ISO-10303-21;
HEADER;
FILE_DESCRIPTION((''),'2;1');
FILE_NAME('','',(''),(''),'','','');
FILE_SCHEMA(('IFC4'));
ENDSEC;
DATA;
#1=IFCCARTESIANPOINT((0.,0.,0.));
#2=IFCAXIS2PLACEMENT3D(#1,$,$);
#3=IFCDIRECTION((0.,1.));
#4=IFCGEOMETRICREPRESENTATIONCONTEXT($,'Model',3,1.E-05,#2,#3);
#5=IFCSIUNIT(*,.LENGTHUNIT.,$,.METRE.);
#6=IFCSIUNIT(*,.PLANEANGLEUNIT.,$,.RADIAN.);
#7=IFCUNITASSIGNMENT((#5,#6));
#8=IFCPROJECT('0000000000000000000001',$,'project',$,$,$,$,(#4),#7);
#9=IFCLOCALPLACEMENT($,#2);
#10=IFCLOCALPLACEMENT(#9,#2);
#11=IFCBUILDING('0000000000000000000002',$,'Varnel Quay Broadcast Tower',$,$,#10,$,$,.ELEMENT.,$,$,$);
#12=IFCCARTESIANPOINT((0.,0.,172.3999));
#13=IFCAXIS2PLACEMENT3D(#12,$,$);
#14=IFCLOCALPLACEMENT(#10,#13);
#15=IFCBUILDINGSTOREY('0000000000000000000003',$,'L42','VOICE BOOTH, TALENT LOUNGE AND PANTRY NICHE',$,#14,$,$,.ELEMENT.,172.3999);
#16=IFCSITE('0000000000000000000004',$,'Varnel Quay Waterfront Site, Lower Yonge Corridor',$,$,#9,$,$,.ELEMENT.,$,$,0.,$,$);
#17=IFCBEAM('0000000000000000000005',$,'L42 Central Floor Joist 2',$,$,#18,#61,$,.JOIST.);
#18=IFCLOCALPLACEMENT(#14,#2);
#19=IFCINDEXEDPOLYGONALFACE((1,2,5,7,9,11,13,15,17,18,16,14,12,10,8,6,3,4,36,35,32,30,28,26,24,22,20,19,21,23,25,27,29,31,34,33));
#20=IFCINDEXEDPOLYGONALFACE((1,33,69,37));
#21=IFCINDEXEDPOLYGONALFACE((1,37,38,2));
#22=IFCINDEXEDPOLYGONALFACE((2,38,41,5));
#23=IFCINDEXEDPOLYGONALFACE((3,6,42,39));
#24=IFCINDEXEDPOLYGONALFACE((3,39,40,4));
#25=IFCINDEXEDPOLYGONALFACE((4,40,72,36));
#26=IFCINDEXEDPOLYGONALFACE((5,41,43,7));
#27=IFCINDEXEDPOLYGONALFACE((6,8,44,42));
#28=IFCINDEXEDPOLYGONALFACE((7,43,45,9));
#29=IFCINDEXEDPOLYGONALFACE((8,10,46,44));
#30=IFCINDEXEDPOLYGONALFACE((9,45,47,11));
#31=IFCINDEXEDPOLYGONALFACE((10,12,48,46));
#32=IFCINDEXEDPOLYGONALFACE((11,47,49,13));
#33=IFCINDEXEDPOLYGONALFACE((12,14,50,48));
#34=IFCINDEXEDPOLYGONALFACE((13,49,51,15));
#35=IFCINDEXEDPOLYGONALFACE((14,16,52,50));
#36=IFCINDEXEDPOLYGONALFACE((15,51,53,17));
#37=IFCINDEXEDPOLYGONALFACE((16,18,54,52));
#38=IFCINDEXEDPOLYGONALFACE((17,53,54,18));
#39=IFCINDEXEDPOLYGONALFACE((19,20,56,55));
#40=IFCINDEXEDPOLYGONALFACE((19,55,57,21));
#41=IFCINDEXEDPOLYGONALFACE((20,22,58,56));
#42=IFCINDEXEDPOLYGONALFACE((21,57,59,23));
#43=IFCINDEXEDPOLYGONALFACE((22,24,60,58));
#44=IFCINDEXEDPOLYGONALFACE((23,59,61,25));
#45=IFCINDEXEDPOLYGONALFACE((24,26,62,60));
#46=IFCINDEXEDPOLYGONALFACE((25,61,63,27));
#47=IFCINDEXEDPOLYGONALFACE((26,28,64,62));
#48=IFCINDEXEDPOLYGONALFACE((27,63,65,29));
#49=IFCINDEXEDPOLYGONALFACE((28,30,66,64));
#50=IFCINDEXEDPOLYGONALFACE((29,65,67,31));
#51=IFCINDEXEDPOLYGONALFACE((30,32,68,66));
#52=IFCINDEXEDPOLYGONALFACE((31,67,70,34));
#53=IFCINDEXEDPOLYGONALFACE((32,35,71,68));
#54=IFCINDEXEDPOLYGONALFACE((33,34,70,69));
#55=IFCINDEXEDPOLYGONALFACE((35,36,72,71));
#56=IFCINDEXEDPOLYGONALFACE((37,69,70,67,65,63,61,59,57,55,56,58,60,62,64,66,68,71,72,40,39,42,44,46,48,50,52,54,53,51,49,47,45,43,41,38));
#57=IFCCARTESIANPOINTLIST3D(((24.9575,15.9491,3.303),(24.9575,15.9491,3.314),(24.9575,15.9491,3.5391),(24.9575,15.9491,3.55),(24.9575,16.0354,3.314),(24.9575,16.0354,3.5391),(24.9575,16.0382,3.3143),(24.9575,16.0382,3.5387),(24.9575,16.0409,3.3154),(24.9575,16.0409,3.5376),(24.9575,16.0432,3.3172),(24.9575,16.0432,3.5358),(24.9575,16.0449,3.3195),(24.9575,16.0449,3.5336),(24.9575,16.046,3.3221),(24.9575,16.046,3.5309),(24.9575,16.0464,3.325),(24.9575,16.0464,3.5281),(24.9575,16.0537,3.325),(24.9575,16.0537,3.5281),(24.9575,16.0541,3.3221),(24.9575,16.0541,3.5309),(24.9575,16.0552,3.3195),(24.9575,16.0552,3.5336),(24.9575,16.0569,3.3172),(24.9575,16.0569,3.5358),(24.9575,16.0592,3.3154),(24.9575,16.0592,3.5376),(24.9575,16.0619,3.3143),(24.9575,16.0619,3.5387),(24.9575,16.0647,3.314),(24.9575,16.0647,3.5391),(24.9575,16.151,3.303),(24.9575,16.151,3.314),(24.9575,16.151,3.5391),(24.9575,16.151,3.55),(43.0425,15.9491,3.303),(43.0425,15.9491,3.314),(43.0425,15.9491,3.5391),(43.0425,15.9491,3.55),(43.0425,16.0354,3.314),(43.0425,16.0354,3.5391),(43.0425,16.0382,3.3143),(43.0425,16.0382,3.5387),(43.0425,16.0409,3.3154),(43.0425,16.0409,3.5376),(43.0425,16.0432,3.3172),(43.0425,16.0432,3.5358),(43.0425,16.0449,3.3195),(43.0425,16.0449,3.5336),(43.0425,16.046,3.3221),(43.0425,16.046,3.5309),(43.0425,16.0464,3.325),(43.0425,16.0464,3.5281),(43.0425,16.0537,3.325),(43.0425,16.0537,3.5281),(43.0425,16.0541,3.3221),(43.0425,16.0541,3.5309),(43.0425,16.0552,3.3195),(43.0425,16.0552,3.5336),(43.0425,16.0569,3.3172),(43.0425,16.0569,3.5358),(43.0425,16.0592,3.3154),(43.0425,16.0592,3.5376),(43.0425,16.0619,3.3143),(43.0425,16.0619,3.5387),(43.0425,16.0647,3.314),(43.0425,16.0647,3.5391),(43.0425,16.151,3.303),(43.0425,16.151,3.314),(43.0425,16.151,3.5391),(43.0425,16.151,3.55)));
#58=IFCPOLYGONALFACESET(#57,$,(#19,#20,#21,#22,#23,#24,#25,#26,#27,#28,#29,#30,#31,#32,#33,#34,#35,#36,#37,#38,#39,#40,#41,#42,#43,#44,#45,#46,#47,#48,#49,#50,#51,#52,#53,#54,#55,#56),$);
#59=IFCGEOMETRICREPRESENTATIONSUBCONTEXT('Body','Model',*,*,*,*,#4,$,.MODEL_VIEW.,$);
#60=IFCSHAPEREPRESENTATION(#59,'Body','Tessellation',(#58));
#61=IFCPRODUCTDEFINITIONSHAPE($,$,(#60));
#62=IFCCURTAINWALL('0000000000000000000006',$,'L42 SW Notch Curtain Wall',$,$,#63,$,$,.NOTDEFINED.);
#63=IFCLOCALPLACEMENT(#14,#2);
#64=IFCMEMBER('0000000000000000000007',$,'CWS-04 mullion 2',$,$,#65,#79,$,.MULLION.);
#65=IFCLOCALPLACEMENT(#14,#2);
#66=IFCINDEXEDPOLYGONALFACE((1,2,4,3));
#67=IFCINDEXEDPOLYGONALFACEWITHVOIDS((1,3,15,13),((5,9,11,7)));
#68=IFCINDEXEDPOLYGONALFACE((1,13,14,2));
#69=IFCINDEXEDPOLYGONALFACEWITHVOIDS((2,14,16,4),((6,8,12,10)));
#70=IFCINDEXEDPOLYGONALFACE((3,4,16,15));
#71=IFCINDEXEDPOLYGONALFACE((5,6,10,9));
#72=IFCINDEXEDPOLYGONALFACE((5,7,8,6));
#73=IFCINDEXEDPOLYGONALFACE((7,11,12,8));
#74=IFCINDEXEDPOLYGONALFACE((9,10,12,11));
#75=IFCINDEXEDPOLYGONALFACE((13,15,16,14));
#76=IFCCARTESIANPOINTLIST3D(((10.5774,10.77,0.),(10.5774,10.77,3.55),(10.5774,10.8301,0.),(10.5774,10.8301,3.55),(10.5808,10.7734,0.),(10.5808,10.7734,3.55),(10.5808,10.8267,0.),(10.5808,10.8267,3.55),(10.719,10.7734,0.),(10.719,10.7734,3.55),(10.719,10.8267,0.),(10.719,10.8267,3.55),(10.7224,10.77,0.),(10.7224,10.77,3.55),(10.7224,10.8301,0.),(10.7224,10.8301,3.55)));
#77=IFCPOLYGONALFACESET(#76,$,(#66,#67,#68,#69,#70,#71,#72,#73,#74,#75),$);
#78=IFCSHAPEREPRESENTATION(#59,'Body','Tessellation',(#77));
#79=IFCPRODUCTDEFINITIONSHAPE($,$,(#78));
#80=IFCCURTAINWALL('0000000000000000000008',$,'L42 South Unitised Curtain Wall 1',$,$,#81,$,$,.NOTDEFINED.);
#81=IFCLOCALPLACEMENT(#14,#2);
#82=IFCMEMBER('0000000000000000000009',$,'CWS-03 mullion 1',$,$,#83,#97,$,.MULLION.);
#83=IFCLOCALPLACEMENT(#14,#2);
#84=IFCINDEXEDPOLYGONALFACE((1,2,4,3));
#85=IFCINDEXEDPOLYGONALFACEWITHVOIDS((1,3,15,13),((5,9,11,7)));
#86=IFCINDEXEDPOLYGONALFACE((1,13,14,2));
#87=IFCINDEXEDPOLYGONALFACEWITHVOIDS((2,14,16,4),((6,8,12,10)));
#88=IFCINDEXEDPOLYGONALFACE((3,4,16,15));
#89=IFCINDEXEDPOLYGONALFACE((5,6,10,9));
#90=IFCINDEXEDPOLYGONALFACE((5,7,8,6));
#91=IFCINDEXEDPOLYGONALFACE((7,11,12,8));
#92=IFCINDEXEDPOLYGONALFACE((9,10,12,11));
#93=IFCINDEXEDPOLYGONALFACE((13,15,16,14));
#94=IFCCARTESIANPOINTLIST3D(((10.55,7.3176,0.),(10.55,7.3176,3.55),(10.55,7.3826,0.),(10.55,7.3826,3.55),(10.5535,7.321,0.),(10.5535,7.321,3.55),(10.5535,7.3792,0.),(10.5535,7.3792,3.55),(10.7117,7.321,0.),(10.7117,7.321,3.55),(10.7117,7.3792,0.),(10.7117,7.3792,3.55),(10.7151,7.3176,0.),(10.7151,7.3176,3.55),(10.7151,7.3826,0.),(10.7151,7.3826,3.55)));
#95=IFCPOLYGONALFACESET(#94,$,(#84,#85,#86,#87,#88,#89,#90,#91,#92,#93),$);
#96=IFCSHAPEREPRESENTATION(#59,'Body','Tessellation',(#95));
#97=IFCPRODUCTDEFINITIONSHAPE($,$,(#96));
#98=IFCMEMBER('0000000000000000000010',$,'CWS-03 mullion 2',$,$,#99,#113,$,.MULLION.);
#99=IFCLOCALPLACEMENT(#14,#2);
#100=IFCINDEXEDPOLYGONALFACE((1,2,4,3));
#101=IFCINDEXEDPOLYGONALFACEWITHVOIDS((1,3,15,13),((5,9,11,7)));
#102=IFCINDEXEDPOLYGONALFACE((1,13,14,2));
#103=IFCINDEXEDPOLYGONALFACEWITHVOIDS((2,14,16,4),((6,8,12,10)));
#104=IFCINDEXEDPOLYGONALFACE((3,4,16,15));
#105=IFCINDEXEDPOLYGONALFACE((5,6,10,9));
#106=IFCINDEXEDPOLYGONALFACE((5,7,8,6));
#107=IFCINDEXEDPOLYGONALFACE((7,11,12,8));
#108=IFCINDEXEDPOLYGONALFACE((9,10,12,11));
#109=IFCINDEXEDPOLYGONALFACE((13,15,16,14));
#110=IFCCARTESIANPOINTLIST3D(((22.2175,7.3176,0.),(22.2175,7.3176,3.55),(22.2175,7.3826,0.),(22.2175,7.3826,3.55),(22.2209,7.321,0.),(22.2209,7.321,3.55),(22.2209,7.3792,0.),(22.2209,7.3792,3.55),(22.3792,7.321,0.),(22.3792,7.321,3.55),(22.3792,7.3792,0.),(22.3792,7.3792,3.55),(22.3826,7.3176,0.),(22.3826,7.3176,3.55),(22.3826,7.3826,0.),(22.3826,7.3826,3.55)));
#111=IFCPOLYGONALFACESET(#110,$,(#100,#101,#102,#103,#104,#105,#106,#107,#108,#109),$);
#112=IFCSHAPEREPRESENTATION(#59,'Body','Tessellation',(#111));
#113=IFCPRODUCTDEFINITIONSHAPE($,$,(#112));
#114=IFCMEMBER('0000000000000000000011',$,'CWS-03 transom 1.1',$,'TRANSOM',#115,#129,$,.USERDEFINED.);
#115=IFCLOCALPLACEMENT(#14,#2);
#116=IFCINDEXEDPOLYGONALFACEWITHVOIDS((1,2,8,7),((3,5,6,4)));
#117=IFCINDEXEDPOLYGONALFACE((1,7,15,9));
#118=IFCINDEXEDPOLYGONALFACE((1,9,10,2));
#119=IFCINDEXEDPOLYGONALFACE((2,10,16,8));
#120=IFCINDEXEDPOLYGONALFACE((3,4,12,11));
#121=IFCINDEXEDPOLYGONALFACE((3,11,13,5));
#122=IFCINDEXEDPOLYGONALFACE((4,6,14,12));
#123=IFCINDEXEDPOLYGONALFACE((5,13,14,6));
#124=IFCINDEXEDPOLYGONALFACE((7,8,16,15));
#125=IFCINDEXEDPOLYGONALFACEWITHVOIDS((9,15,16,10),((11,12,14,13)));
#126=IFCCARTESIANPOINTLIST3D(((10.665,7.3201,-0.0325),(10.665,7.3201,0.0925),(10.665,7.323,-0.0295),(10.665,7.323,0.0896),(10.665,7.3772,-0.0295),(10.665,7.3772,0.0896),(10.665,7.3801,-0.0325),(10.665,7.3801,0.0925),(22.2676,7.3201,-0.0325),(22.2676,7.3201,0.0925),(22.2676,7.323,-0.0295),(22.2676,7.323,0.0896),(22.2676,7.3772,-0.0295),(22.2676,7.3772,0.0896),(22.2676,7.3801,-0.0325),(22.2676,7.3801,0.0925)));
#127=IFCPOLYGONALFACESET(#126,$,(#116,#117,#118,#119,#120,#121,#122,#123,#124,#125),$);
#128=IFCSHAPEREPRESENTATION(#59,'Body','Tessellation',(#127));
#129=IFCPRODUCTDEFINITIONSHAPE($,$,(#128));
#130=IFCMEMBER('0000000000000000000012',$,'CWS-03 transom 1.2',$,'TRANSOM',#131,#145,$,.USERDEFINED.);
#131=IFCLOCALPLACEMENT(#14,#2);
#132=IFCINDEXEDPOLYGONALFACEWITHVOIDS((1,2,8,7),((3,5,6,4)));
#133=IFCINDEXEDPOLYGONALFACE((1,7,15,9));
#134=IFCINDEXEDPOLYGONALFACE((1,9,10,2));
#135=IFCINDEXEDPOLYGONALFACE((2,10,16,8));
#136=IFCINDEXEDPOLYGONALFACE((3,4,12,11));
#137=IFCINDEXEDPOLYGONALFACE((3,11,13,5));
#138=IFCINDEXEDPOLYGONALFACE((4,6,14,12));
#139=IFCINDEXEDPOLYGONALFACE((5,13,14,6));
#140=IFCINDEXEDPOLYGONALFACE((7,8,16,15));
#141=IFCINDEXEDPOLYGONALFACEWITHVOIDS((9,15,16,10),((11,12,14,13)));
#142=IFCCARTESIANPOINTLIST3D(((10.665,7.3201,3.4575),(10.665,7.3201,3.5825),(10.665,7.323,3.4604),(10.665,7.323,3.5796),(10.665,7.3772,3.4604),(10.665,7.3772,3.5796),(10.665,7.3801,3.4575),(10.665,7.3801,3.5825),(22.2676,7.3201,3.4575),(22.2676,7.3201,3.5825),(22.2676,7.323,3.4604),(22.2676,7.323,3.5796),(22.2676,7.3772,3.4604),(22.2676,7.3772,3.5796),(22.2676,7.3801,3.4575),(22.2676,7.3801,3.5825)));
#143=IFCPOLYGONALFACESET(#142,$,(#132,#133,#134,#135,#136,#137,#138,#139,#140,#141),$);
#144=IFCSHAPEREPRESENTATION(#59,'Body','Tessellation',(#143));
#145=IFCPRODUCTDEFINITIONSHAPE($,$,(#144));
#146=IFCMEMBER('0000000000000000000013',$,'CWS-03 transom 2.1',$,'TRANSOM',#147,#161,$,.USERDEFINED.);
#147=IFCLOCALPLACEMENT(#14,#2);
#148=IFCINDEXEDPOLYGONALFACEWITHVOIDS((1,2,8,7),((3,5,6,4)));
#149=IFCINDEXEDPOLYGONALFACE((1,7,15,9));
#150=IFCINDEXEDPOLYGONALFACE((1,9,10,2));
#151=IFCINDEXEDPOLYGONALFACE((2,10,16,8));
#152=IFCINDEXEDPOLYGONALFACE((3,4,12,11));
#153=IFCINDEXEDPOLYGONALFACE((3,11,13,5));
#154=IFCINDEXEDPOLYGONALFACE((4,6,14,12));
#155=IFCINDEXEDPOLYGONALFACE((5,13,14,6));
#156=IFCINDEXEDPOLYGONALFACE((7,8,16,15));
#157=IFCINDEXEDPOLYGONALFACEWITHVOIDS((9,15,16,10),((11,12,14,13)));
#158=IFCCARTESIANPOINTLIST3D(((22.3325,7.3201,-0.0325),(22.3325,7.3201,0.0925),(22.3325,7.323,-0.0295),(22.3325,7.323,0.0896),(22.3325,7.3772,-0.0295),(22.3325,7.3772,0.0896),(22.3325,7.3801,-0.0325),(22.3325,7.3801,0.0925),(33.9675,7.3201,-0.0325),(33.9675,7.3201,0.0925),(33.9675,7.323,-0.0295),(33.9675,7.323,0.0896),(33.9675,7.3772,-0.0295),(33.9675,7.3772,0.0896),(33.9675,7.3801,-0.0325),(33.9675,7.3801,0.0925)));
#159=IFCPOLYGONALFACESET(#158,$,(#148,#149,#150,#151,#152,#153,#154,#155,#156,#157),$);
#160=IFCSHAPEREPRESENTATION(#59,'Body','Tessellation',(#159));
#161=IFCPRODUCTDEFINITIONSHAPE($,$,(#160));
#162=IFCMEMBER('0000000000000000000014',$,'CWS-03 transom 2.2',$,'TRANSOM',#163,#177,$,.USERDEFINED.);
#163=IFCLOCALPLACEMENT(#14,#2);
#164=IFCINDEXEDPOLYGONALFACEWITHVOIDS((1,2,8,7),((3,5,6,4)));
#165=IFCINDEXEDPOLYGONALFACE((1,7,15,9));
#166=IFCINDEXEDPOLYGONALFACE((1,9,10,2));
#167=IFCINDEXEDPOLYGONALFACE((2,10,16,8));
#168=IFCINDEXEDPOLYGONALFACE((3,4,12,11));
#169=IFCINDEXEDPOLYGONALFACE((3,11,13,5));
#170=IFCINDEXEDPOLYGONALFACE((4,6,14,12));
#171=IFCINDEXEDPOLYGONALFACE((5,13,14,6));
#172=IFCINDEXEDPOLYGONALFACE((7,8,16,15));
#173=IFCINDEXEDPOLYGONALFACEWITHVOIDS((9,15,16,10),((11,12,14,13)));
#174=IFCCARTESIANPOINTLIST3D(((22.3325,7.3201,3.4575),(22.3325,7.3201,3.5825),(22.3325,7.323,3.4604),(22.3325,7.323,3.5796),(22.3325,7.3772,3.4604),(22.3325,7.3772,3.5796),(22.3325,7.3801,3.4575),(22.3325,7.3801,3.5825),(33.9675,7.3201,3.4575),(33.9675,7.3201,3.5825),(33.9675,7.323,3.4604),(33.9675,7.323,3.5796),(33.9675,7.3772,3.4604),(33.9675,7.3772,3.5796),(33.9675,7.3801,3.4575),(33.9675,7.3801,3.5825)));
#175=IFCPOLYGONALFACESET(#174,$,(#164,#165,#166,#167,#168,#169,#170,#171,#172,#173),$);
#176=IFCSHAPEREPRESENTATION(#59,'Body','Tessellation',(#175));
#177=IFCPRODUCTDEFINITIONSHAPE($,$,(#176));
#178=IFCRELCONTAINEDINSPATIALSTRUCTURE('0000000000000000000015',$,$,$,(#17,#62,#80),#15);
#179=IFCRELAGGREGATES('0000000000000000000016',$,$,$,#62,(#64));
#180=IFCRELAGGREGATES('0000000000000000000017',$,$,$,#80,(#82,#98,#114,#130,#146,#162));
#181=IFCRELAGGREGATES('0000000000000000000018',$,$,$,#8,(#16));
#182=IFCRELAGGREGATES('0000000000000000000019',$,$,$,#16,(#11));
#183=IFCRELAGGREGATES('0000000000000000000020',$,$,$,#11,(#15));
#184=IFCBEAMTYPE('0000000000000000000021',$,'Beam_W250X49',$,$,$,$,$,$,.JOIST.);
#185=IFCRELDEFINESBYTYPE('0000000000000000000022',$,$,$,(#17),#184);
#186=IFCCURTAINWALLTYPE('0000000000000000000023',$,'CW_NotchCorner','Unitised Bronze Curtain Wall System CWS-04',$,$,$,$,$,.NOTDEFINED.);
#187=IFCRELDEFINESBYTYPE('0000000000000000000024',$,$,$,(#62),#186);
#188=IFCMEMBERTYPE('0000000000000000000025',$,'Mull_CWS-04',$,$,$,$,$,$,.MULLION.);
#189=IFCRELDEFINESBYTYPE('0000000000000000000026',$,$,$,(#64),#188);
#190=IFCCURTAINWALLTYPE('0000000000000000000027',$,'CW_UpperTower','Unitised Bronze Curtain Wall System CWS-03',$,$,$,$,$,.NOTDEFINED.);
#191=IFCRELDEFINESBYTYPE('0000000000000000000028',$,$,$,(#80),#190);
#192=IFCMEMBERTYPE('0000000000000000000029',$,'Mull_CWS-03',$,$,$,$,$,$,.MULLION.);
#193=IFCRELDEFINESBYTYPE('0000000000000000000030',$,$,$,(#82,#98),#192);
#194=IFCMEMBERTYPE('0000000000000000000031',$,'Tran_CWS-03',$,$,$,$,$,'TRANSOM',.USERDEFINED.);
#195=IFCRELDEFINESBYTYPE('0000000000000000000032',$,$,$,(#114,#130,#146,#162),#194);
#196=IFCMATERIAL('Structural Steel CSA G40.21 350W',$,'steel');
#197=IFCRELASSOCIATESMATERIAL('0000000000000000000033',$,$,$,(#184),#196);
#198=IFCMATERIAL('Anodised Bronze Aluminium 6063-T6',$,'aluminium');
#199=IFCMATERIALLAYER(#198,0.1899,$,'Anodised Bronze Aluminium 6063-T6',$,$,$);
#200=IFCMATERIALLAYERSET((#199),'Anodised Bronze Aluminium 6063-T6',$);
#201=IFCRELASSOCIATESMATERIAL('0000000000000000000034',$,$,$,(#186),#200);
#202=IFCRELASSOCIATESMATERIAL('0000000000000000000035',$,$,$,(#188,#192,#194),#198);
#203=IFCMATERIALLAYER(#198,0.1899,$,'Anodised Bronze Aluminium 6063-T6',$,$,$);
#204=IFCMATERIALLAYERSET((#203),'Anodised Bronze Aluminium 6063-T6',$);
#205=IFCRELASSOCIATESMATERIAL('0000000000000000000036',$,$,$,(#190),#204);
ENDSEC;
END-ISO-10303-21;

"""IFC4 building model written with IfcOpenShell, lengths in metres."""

from ifc_helpers import new_model, si_unit, direction, frame, origin, origin_2d, place, context, subcontext, project, spatial, hollow_rectangle, i_section, extrude, source, transform, mapped, material, layer, layer_set, material_profile, profile_set, type_object, type_shapes, element, aggregate, save


model = new_model("IFC4")

# Units and contexts
model_context = context("Model", 3, precision=1e-05, world=origin(), true_north=direction((0.0, 1.0)))
body_context = subcontext(model_context, "Body", "Model", "MODEL_VIEW")
ifc_project = project(units=[si_unit("LENGTHUNIT", "METRE"), si_unit("PLANEANGLEUNIT", "RADIAN")], contexts=[model_context])

# Site, building, storey
site_placement = place(None, origin())
site = spatial("IfcSite", under=ifc_project, at=site_placement, Name="Varnel Quay Waterfront Site, Lower Yonge Corridor", CompositionType="ELEMENT", RefElevation=0.0)
building_placement = place(site_placement, origin())
building = spatial("IfcBuilding", under=site, at=building_placement, Name="Varnel Quay Broadcast Tower", CompositionType="ELEMENT")
storey_placement = place(building_placement, frame((0.0, 0.0, 172.3999)))
storey = spatial("IfcBuildingStorey", under=building, at=storey_placement, Name="L42", Description="VOICE BOOTH, TALENT LOUNGE AND PANTRY NICHE", CompositionType="ELEMENT", Elevation=172.3999)

# Shared definitions
ifc_material_1 = material(Name="Structural Steel CSA G40.21 350W", Category="steel")

# Beam
ifc_material_profile_1 = material_profile(ifc_material_1, i_section(OverallWidth=0.2019, OverallDepth=0.2471, WebThickness=0.0073, FlangeThickness=0.011, FilletRadius=0.011, at=origin_2d()), Name="W250X49")
ifc_profile_set_1 = profile_set([ifc_material_profile_1], Name="Structural Steel CSA G40.21 350W")
beam_type_1 = type_object("IfcBeamType", Name="Beam_W250X49", PredefinedType="JOIST", material=ifc_profile_set_1)
shared_shape_1 = source(origin(), body_context, "Body", "SweptSolid", [
    extrude(i_section(OverallWidth=0.2019, OverallDepth=0.2471, WebThickness=0.0073, FlangeThickness=0.011, FilletRadius=0.011, at=origin_2d()), origin(), (0.0, 0.0, 1.0), 18.085),
])
type_shapes(beam_type_1, [shared_shape_1])
beam_1_placement = place(storey_placement, frame((24.9575, 16.05, 3.4265), z_axis=(1.0, 0.0, 0.0), x_axis=(0.0, 1.0, 0.0)))
element("IfcBeam", 1, at=beam_1_placement, inside=storey, type_object=beam_type_1, Name="L42 Central Floor Joist 2", PredefinedType="JOIST", context=body_context, shape_type="MappedRepresentation", body=[
    mapped(shared_shape_1, transform((0.0, 0.0, 0.0), x_axis=(1.0, 0.0, 0.0), y_axis=(0.0, 1.0, 0.0), z_axis=(0.0, 0.0, 1.0), scale=1.0)),
])

# Curtain wall, member
ifc_material_2 = material(Name="Anodised Bronze Aluminium 6063-T6", Category="aluminium")
ifc_layer_1 = layer(ifc_material_2, 0.1899, Name="Anodised Bronze Aluminium 6063-T6")
ifc_layer_set_1 = layer_set([ifc_layer_1], Name="Anodised Bronze Aluminium 6063-T6")
curtain_wall_type_1 = type_object("IfcCurtainWallType", Name="CW_NotchCorner", Description="Unitised Bronze Curtain Wall System CWS-04", PredefinedType="NOTDEFINED", material=ifc_layer_set_1)
curtain_wall_1_placement = place(storey_placement, origin())
curtain_wall_1 = element("IfcCurtainWall", 2, at=curtain_wall_1_placement, inside=storey, type_object=curtain_wall_type_1, Name="L42 SW Notch Curtain Wall", PredefinedType="NOTDEFINED")
ifc_material_profile_2 = material_profile(ifc_material_2, hollow_rectangle(XDim=0.0601, YDim=0.145, WallThickness=0.0034, at=origin_2d()), Name="ALU60X145X3.5")
ifc_profile_set_2 = profile_set([ifc_material_profile_2], Name="Anodised Bronze Aluminium 6063-T6")
member_type_1 = type_object("IfcMemberType", Name="Mull_CWS-04", PredefinedType="MULLION", material=ifc_profile_set_2)
shared_shape_2 = source(origin(), body_context, "Body", "SweptSolid", [
    extrude(hollow_rectangle(XDim=0.0601, YDim=0.145, WallThickness=0.0034, at=origin_2d()), origin(), (0.0, 0.0, 1.0), 3.55),
])
type_shapes(member_type_1, [shared_shape_2])
member_1_placement = place(storey_placement, frame((10.6499, 10.8, 0.0), z_axis=(0.0, 0.0, 1.0), x_axis=(0.0, 1.0, 0.0)))
member_1 = element("IfcMember", 3, at=member_1_placement, type_object=member_type_1, Name="CWS-04 mullion 2", PredefinedType="MULLION", context=body_context, shape_type="MappedRepresentation", body=[
    mapped(shared_shape_2, transform((0.0, 0.0, 0.0), x_axis=(1.0, 0.0, 0.0), y_axis=(0.0, 1.0, 0.0), z_axis=(0.0, 0.0, 1.0), scale=1.0)),
])

# Curtain wall, members
ifc_layer_2 = layer(ifc_material_2, 0.1899, Name="Anodised Bronze Aluminium 6063-T6")
ifc_layer_set_2 = layer_set([ifc_layer_2], Name="Anodised Bronze Aluminium 6063-T6")
curtain_wall_type_2 = type_object("IfcCurtainWallType", Name="CW_UpperTower", Description="Unitised Bronze Curtain Wall System CWS-03", PredefinedType="NOTDEFINED", material=ifc_layer_set_2)
curtain_wall_2_placement = place(storey_placement, origin())
curtain_wall_2 = element("IfcCurtainWall", 4, at=curtain_wall_2_placement, inside=storey, type_object=curtain_wall_type_2, Name="L42 South Unitised Curtain Wall 1", PredefinedType="NOTDEFINED")
ifc_material_profile_3 = material_profile(ifc_material_2, hollow_rectangle(XDim=0.0649, YDim=0.165, WallThickness=0.0034, at=origin_2d()), Name="ALU65X165X3.5")
ifc_profile_set_3 = profile_set([ifc_material_profile_3], Name="Anodised Bronze Aluminium 6063-T6")
member_type_2 = type_object("IfcMemberType", Name="Mull_CWS-03", PredefinedType="MULLION", material=ifc_profile_set_3)
shared_shape_3 = source(origin(), body_context, "Body", "SweptSolid", [
    extrude(hollow_rectangle(XDim=0.0649, YDim=0.165, WallThickness=0.0034, at=origin_2d()), origin(), (0.0, 0.0, 1.0), 3.55),
])
type_shapes(member_type_2, [shared_shape_3])
member_2_placement = place(storey_placement, frame((10.6326, 7.3501, 0.0), z_axis=(0.0, 0.0, 1.0), x_axis=(0.0, 1.0, 0.0)))
member_2 = element("IfcMember", 5, at=member_2_placement, type_object=member_type_2, Name="CWS-03 mullion 1", PredefinedType="MULLION", context=body_context, shape_type="MappedRepresentation", body=[
    mapped(shared_shape_3, transform((0.0, 0.0, 0.0), x_axis=(1.0, 0.0, 0.0), y_axis=(0.0, 1.0, 0.0), z_axis=(0.0, 0.0, 1.0), scale=1.0)),
])
member_3_placement = place(storey_placement, frame((22.3, 7.3501, 0.0), z_axis=(0.0, 0.0, 1.0), x_axis=(0.0, 1.0, 0.0)))
member_3 = element("IfcMember", 6, at=member_3_placement, type_object=member_type_2, Name="CWS-03 mullion 2", PredefinedType="MULLION", context=body_context, shape_type="MappedRepresentation", body=[
    mapped(shared_shape_3, transform((0.0, 0.0, 0.0), x_axis=(1.0, 0.0, 0.0), y_axis=(0.0, 1.0, 0.0), z_axis=(0.0, 0.0, 1.0), scale=1.0)),
])
ifc_material_profile_4 = material_profile(ifc_material_2, hollow_rectangle(XDim=0.0601, YDim=0.125, WallThickness=0.0029, at=origin_2d()), Name="ALU60X125X3")
ifc_profile_set_4 = profile_set([ifc_material_profile_4], Name="Anodised Bronze Aluminium 6063-T6")
member_type_3 = type_object("IfcMemberType", Name="Tran_CWS-03", ElementType="TRANSOM", PredefinedType="USERDEFINED", material=ifc_profile_set_4)
shared_shape_4 = source(origin(), body_context, "Body", "SweptSolid", [
    extrude(hollow_rectangle(XDim=0.0601, YDim=0.125, WallThickness=0.0029, at=origin_2d()), origin(), (0.0, 0.0, 1.0), 11.6025),
])
member_4_placement = place(storey_placement, frame((10.665, 7.3501, 0.03), z_axis=(1.0, 0.0, 0.0), x_axis=(0.0, 1.0, 0.0)))
member_4 = element("IfcMember", 7, at=member_4_placement, type_object=member_type_3, Name="CWS-03 transom 1.1", ObjectType="TRANSOM", PredefinedType="USERDEFINED", context=body_context, shape_type="MappedRepresentation", body=[
    mapped(shared_shape_4, transform((0.0, 0.0, 0.0), x_axis=(1.0, 0.0, 0.0), y_axis=(0.0, 1.0, 0.0), z_axis=(0.0, 0.0, 1.0), scale=1.0)),
])
member_5_placement = place(storey_placement, frame((10.665, 7.3501, 3.52), z_axis=(1.0, 0.0, 0.0), x_axis=(0.0, 1.0, 0.0)))
member_5 = element("IfcMember", 8, at=member_5_placement, type_object=member_type_3, Name="CWS-03 transom 1.2", ObjectType="TRANSOM", PredefinedType="USERDEFINED", context=body_context, shape_type="MappedRepresentation", body=[
    mapped(shared_shape_4, transform((0.0, 0.0, 0.0), x_axis=(1.0, 0.0, 0.0), y_axis=(0.0, 1.0, 0.0), z_axis=(0.0, 0.0, 1.0), scale=1.0)),
])
shared_shape_5 = source(origin(), body_context, "Body", "SweptSolid", [
    extrude(hollow_rectangle(XDim=0.0601, YDim=0.125, WallThickness=0.0029, at=origin_2d()), origin(), (0.0, 0.0, 1.0), 11.635),
])
type_shapes(member_type_3, [shared_shape_4, shared_shape_5])
member_6_placement = place(storey_placement, frame((22.3325, 7.3501, 0.03), z_axis=(1.0, 0.0, 0.0), x_axis=(0.0, 1.0, 0.0)))
member_6 = element("IfcMember", 9, at=member_6_placement, type_object=member_type_3, Name="CWS-03 transom 2.1", ObjectType="TRANSOM", PredefinedType="USERDEFINED", context=body_context, shape_type="MappedRepresentation", body=[
    mapped(shared_shape_5, transform((0.0, 0.0, 0.0), x_axis=(1.0, 0.0, 0.0), y_axis=(0.0, 1.0, 0.0), z_axis=(0.0, 0.0, 1.0), scale=1.0)),
])
member_7_placement = place(storey_placement, frame((22.3325, 7.3501, 3.52), z_axis=(1.0, 0.0, 0.0), x_axis=(0.0, 1.0, 0.0)))
member_7 = element("IfcMember", 10, at=member_7_placement, type_object=member_type_3, Name="CWS-03 transom 2.2", ObjectType="TRANSOM", PredefinedType="USERDEFINED", context=body_context, shape_type="MappedRepresentation", body=[
    mapped(shared_shape_5, transform((0.0, 0.0, 0.0), x_axis=(1.0, 0.0, 0.0), y_axis=(0.0, 1.0, 0.0), z_axis=(0.0, 0.0, 1.0), scale=1.0)),
])

aggregate(curtain_wall_1, [member_1])
aggregate(curtain_wall_2, [member_2, member_3, member_4, member_5, member_6, member_7])

save(model, "model.ifc")
